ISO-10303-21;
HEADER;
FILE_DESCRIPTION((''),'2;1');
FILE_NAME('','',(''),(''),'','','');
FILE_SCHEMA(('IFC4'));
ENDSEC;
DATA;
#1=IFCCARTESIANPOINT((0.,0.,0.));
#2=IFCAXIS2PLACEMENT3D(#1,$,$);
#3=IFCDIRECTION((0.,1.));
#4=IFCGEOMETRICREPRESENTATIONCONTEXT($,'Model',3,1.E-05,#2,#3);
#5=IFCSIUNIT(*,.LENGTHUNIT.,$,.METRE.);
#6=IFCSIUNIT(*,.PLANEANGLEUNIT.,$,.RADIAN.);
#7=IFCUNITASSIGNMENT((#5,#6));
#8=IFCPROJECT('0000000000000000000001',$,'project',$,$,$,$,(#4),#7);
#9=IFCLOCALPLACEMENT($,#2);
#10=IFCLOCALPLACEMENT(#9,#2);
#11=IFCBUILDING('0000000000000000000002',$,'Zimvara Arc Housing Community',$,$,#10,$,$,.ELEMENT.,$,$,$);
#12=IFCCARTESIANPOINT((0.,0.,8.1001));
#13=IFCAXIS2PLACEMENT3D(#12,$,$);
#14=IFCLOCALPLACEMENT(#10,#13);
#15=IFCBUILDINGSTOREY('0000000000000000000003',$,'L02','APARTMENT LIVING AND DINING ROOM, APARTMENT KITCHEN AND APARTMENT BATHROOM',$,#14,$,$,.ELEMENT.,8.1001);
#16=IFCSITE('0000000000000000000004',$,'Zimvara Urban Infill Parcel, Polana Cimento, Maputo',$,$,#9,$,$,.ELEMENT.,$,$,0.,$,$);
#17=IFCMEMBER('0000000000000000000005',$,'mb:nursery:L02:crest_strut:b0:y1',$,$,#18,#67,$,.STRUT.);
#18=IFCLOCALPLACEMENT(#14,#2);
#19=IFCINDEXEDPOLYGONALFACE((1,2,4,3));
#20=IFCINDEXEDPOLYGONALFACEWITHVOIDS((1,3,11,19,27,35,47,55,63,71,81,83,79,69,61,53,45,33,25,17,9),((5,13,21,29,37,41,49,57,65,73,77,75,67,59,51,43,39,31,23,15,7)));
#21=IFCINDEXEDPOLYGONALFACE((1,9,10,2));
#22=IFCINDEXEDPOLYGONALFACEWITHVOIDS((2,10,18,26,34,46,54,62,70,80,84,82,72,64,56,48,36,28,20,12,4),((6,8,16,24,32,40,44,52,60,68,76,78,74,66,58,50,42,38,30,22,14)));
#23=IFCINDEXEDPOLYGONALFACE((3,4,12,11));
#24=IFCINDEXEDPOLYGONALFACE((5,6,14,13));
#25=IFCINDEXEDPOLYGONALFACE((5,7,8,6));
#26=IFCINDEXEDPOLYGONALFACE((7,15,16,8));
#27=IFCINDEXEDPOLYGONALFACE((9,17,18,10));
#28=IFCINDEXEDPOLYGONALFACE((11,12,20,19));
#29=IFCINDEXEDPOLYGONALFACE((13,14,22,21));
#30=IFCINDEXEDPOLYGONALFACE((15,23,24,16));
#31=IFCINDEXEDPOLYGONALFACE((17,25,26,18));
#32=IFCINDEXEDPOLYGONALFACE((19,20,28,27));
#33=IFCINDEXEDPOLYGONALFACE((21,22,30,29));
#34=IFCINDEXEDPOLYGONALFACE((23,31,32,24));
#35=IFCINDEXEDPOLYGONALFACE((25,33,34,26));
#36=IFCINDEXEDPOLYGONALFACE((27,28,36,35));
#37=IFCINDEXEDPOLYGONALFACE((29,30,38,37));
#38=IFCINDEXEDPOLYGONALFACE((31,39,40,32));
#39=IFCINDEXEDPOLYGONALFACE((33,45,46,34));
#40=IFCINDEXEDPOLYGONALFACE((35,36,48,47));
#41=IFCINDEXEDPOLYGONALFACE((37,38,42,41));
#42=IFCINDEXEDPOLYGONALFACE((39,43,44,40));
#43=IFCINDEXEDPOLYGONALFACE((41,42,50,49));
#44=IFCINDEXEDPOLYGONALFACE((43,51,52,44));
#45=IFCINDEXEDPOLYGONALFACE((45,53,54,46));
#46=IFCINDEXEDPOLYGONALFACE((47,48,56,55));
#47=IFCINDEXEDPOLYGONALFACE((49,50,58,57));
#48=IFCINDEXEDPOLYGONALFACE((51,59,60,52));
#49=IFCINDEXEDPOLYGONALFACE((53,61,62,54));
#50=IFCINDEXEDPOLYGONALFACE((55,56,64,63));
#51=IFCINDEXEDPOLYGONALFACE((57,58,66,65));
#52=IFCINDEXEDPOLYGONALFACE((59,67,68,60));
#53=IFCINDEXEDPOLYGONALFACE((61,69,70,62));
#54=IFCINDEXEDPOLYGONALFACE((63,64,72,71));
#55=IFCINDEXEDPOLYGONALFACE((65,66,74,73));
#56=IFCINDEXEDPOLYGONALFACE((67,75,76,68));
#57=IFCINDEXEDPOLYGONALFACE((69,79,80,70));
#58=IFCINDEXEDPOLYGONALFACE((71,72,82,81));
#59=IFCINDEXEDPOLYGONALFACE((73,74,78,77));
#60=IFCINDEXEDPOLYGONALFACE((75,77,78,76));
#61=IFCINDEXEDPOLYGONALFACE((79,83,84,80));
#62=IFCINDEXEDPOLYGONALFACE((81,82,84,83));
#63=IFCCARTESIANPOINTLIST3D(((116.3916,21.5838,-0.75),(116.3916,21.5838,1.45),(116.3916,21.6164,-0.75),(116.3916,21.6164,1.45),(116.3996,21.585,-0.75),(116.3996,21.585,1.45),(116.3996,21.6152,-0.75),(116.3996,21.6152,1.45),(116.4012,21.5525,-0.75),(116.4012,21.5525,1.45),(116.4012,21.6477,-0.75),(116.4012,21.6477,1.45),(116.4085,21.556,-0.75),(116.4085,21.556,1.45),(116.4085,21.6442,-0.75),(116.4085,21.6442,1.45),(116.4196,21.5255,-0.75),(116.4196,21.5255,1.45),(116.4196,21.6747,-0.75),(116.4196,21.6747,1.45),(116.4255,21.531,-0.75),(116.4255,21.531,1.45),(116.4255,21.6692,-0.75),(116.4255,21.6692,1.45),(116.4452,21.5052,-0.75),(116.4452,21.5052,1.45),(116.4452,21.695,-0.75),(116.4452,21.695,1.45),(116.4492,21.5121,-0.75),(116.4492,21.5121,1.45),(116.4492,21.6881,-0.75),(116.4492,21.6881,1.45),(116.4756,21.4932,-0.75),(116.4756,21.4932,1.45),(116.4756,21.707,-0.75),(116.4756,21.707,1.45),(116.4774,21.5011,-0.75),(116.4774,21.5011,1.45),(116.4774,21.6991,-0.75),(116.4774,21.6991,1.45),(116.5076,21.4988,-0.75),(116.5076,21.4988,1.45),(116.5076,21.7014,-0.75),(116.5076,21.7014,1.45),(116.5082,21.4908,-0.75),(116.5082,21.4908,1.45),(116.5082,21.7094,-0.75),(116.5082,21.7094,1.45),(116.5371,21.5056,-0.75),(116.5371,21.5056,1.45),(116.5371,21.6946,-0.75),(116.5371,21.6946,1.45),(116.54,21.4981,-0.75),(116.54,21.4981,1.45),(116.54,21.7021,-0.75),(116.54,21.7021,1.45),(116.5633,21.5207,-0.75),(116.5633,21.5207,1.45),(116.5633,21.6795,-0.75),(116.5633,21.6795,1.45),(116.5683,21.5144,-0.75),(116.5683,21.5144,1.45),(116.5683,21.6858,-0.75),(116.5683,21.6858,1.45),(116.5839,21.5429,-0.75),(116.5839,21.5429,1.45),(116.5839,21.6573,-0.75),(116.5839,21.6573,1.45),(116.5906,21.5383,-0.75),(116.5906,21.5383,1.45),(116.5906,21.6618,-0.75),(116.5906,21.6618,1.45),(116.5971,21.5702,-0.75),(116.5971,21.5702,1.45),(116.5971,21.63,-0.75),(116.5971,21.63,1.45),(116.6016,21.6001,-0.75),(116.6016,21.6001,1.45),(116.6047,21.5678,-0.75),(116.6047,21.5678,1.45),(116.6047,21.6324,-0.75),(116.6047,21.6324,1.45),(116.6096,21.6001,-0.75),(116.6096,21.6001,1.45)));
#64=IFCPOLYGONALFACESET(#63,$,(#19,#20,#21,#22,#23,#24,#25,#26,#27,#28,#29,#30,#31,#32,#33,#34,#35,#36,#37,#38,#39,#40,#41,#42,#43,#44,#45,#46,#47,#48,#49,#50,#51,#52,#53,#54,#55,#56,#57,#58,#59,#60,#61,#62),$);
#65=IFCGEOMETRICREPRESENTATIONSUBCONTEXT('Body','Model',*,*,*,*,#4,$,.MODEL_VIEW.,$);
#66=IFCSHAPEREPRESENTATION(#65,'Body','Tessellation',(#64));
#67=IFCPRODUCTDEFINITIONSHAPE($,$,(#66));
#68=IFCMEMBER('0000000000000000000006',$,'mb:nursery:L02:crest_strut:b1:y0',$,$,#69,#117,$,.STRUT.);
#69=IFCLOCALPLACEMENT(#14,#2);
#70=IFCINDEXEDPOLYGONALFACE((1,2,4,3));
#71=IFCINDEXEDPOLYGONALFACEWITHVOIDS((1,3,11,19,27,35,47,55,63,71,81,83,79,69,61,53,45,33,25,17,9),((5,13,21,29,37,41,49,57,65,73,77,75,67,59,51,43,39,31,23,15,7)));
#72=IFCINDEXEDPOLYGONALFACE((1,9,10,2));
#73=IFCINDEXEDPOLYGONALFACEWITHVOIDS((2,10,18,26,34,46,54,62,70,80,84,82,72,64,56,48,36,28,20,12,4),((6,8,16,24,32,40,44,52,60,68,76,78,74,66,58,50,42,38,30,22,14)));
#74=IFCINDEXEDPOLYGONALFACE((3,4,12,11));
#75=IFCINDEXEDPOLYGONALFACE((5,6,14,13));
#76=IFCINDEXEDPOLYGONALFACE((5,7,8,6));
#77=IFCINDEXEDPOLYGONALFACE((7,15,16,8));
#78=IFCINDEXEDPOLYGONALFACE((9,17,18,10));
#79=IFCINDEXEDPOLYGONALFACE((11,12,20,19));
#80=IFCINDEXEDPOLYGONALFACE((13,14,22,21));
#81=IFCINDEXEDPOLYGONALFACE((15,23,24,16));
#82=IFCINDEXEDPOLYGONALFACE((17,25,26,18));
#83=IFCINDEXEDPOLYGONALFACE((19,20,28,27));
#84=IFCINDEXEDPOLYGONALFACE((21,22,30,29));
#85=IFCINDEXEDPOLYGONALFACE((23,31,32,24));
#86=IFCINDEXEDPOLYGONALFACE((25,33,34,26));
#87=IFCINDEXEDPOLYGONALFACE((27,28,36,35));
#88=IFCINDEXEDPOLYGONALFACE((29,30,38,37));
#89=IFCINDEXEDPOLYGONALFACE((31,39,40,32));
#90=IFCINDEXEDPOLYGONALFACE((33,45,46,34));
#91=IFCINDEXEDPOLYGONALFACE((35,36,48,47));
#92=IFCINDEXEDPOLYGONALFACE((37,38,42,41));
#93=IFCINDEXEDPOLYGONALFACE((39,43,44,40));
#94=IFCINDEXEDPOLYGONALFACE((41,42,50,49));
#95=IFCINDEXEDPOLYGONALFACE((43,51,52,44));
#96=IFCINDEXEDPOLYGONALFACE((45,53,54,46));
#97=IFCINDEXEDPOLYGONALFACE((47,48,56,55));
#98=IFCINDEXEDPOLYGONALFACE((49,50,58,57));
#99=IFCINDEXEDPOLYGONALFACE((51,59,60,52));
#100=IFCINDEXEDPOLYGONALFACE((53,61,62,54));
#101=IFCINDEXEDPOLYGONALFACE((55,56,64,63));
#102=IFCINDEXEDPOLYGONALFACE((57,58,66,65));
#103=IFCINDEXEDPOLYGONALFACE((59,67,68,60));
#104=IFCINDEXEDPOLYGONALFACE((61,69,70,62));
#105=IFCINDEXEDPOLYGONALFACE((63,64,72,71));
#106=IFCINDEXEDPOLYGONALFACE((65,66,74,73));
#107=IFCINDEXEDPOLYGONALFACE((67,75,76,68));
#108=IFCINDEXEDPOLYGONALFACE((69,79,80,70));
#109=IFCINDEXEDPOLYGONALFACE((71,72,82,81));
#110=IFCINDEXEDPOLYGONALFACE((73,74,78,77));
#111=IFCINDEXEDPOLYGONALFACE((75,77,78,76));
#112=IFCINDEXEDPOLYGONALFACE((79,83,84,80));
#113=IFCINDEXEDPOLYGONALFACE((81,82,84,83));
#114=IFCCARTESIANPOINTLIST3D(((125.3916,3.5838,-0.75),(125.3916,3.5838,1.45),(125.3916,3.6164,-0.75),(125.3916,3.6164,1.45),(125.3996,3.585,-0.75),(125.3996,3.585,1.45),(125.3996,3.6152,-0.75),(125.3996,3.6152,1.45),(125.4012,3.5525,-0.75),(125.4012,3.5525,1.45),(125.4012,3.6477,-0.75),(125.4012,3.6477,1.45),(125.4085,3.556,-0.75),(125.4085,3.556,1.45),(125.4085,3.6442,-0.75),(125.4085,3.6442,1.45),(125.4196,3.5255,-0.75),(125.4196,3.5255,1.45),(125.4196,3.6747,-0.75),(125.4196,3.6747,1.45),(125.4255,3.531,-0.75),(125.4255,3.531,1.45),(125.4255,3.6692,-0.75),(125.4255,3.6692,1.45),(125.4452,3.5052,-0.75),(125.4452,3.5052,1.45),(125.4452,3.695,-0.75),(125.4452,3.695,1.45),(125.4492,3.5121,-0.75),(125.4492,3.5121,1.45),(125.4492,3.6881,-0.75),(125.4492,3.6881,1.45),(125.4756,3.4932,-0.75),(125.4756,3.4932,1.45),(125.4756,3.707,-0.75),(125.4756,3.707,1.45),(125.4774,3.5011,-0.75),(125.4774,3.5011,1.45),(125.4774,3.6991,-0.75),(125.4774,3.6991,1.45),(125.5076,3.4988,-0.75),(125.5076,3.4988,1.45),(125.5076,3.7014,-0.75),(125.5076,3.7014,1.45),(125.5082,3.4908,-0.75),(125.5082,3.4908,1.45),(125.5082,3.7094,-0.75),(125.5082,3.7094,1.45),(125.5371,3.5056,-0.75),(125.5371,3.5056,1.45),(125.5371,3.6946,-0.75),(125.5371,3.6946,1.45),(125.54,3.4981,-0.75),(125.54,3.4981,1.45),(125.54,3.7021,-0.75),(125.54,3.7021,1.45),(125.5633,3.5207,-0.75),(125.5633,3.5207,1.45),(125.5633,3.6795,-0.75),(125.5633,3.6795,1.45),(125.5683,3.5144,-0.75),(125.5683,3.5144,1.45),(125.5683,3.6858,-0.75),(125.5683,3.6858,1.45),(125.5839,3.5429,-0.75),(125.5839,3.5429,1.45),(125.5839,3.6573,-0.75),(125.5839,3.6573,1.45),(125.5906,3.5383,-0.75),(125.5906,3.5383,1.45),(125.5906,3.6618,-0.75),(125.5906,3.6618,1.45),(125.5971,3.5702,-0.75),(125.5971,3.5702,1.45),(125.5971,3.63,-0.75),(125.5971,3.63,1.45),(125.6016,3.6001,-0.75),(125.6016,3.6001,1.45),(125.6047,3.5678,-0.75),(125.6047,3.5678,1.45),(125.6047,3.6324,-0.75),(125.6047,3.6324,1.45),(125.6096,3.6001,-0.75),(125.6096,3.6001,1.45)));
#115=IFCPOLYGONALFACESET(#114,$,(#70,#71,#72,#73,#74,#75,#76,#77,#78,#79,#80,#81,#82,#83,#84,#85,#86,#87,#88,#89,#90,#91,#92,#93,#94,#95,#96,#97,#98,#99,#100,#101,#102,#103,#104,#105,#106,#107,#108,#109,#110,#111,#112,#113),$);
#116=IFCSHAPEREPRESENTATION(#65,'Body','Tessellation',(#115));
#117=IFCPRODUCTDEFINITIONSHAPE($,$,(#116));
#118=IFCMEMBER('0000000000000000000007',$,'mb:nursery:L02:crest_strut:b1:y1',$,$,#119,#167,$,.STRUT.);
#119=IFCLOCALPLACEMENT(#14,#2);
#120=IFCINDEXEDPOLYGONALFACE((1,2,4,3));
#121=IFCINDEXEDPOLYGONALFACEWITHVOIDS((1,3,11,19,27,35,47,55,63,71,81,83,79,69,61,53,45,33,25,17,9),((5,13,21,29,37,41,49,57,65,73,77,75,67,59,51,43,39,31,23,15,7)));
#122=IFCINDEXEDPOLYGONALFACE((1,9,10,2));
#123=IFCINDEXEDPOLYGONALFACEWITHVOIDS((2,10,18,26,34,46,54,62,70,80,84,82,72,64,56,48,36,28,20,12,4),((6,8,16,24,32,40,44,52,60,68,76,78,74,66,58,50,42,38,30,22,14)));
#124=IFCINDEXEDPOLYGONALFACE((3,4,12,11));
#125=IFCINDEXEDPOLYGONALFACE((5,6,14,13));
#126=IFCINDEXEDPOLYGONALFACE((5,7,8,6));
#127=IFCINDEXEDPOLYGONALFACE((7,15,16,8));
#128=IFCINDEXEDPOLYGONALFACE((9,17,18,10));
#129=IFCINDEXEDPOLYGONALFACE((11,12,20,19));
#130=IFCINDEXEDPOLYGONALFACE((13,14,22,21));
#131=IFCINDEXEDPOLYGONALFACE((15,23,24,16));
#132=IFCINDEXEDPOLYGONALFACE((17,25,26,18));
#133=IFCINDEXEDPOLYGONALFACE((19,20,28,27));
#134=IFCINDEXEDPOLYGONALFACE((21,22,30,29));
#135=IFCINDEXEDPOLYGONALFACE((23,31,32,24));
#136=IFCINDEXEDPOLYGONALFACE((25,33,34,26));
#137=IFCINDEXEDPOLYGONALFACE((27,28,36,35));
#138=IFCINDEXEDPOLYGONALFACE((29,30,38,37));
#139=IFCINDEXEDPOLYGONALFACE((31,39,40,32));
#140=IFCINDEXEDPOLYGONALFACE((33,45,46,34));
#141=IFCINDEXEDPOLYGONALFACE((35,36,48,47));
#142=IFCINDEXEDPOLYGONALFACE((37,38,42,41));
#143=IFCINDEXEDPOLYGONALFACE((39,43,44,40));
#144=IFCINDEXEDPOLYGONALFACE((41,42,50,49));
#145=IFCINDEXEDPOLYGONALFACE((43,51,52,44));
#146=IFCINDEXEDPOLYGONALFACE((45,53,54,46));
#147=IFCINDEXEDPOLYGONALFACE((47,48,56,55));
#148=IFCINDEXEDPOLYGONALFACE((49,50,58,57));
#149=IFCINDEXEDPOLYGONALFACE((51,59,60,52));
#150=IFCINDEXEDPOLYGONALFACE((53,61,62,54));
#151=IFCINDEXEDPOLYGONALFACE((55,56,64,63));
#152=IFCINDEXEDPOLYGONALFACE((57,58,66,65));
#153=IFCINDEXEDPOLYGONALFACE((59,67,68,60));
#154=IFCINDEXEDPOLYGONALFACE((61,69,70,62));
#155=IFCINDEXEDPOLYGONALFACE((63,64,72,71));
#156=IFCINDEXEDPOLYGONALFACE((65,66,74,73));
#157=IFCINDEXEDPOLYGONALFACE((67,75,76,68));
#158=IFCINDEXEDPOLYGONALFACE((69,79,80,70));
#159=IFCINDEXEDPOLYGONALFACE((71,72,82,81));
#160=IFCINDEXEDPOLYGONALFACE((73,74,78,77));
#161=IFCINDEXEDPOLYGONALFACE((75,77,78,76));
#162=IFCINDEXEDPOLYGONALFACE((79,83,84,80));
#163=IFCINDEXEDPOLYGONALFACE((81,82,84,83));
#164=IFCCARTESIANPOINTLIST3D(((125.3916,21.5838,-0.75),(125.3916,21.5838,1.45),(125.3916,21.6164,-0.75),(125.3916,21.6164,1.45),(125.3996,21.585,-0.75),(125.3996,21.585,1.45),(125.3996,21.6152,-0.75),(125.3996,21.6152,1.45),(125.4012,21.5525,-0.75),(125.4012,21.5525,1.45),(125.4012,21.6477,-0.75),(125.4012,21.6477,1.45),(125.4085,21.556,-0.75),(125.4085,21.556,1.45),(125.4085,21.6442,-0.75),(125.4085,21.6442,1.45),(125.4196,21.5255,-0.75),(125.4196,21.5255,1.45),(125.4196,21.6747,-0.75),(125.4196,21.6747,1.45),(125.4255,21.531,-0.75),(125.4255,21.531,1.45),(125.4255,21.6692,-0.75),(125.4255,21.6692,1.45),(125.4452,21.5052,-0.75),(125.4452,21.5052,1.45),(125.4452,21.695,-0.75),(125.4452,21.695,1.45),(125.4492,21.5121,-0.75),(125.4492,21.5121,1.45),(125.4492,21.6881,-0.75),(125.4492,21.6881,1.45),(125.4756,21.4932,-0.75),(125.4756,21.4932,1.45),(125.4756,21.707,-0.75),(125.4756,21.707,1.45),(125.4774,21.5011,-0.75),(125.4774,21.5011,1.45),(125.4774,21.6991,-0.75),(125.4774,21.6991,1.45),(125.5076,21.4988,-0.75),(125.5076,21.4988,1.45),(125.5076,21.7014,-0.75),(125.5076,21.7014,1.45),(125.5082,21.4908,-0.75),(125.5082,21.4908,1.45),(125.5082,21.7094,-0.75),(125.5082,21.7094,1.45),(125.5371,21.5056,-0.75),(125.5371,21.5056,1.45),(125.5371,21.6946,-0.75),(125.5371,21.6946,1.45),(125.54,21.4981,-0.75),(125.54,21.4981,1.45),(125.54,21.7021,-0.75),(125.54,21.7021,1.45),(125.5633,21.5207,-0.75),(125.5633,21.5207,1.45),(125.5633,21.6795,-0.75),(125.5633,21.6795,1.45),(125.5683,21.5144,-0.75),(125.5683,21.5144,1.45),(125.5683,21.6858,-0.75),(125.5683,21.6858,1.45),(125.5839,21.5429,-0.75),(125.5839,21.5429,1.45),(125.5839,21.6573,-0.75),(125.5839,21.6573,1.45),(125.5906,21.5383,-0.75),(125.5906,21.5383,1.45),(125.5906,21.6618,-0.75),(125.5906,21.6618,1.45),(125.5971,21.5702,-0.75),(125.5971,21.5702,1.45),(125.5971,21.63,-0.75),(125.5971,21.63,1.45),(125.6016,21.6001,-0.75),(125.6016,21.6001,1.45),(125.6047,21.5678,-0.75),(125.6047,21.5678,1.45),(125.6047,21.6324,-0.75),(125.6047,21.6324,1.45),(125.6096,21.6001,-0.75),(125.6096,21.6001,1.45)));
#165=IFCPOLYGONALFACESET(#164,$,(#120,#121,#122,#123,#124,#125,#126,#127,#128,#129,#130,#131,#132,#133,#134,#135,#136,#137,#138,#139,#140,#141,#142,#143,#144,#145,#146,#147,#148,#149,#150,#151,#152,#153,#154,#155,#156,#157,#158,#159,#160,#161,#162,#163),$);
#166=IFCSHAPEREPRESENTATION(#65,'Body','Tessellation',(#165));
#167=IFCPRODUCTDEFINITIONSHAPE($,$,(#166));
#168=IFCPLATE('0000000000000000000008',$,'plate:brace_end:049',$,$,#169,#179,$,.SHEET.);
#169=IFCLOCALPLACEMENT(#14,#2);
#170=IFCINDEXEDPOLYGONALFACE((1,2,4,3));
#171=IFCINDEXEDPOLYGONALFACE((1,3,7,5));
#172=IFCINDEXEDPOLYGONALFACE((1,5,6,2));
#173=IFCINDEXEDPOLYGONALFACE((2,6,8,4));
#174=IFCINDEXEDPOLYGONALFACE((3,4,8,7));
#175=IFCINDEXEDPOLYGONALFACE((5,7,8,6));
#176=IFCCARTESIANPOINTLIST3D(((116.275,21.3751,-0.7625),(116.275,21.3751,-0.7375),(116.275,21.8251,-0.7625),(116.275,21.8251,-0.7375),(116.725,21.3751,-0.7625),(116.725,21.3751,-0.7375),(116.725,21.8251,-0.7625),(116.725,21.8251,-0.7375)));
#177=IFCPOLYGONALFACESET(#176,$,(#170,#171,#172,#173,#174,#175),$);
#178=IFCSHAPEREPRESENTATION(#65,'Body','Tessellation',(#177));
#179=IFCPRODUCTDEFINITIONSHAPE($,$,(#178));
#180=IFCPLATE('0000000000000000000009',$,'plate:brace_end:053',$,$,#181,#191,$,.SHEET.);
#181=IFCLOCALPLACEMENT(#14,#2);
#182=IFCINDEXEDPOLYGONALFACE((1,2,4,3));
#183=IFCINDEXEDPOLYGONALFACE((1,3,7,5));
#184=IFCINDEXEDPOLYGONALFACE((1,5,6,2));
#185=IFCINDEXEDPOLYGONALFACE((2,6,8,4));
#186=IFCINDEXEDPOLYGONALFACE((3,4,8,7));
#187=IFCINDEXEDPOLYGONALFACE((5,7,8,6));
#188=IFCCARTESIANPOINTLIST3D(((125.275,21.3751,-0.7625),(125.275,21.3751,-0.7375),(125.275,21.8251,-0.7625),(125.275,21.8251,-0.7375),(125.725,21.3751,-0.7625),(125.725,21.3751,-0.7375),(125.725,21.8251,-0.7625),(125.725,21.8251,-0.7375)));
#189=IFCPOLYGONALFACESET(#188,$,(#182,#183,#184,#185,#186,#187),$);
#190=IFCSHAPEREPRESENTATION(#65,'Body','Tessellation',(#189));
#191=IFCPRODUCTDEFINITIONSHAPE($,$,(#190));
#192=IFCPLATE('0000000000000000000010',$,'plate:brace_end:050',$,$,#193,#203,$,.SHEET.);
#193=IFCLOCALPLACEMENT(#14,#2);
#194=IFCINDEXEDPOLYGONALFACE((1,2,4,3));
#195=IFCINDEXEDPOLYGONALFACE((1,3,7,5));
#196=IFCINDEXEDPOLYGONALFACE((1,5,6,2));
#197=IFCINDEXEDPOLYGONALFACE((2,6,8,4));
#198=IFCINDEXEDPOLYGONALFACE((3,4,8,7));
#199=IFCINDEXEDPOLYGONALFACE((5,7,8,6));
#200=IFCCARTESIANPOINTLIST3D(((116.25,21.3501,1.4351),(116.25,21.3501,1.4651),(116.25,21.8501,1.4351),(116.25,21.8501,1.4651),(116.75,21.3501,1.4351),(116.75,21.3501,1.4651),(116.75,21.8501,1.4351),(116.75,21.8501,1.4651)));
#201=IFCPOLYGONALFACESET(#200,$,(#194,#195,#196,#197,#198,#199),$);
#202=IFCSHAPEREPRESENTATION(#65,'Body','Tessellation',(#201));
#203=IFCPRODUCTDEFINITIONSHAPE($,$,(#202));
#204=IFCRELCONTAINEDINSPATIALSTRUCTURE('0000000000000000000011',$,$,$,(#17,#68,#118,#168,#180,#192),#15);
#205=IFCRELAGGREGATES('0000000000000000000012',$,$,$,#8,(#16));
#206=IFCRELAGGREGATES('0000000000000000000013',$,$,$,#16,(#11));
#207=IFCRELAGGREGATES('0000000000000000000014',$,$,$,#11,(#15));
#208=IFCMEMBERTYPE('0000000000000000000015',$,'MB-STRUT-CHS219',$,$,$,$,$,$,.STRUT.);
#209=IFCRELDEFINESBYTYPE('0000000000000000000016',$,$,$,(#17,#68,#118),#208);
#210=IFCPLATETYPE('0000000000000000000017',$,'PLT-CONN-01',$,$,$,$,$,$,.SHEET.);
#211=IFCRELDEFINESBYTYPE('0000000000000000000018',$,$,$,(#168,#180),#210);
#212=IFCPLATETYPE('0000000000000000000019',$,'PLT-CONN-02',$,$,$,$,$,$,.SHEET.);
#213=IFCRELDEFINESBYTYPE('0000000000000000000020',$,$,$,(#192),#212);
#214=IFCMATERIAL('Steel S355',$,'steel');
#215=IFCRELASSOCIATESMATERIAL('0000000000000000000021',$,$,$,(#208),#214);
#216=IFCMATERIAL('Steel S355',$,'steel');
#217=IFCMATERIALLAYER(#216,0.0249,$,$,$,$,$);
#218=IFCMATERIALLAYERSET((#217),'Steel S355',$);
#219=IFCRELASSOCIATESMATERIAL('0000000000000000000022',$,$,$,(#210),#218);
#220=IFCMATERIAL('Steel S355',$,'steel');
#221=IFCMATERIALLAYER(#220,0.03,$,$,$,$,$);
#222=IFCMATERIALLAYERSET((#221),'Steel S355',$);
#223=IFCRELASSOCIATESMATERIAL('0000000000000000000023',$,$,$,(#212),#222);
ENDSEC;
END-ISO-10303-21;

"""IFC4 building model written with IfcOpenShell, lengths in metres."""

from ifc_helpers import new_model, si_unit, direction, frame, origin, origin_2d, place, context, subcontext, project, spatial, rectangle, hollow_circle, extrude, material, layer, layer_set, material_profile, profile_set, type_object, element, save


model = new_model("IFC4")

# Units and contexts
model_context = context("Model", 3, precision=1e-05, world=origin(), true_north=direction((0.0, 1.0)))
body_context = subcontext(model_context, "Body", "Model", "MODEL_VIEW")
ifc_project = project(units=[si_unit("LENGTHUNIT", "METRE"), si_unit("PLANEANGLEUNIT", "RADIAN")], contexts=[model_context])

# Site, building, storey
site_placement = place(None, origin())
site = spatial("IfcSite", under=ifc_project, at=site_placement, Name="Zimvara Urban Infill Parcel, Polana Cimento, Maputo", CompositionType="ELEMENT", RefElevation=0.0)
building_placement = place(site_placement, origin())
building = spatial("IfcBuilding", under=site, at=building_placement, Name="Zimvara Arc Housing Community", CompositionType="ELEMENT")
storey_placement = place(building_placement, frame((0.0, 0.0, 8.1001)))
storey = spatial("IfcBuildingStorey", under=building, at=storey_placement, Name="L02", Description="APARTMENT LIVING AND DINING ROOM, APARTMENT KITCHEN AND APARTMENT BATHROOM", CompositionType="ELEMENT", Elevation=8.1001)

# Members
ifc_material_1 = material(Name="Steel S355", Category="steel")
ifc_material_profile_1 = material_profile(ifc_material_1, hollow_circle(Radius=0.1096, WallThickness=0.0081, at=origin_2d()), Name="CHS 219.1x8.0")
ifc_profile_set_1 = profile_set([ifc_material_profile_1], Name="Steel S355")
member_type_1 = type_object("IfcMemberType", Name="MB-STRUT-CHS219", PredefinedType="STRUT", material=ifc_profile_set_1)
for number, where, z_axis, x_axis, name in (
    (1, (116.5, 21.6001, -0.75), (0.0, 0.0, 1.0), (1.0, 0.0, 0.0), "mb:nursery:L02:crest_strut:b0:y1"),
    (2, (125.5, 3.6001, -0.75), (0.0, 0.0, 1.0), (1.0, 0.0, 0.0), "mb:nursery:L02:crest_strut:b1:y0"),
    (3, (125.5, 21.6001, -0.75), (0.0, 0.0, 1.0), (1.0, 0.0, 0.0), "mb:nursery:L02:crest_strut:b1:y1"),
):
    element("IfcMember", number, at=place(storey_placement, frame(where, z_axis=z_axis, x_axis=x_axis)), inside=storey, type_object=member_type_1, Name=name, PredefinedType="STRUT", context=body_context, shape_type="SweptSolid", body=[
        extrude(hollow_circle(Radius=0.1096, WallThickness=0.0081, at=origin_2d()), origin(), (0.0, 0.0, 1.0), 2.2),
    ])

# Plates
ifc_material_2 = material(Name="Steel S355", Category="steel")
ifc_layer_1 = layer(ifc_material_2, 0.0249)
ifc_layer_set_1 = layer_set([ifc_layer_1], Name="Steel S355")
plate_type_1 = type_object("IfcPlateType", Name="PLT-CONN-01", PredefinedType="SHEET", material=ifc_layer_set_1)
for number, where, z_axis, x_axis, name in (
    (4, (116.5, 21.6001, -0.7625), (0.0, 0.0, 1.0), (1.0, 0.0, 0.0), "plate:brace_end:049"),
    (5, (125.5, 21.6001, -0.7625), (0.0, 0.0, 1.0), (1.0, 0.0, 0.0), "plate:brace_end:053"),
):
    element("IfcPlate", number, at=place(storey_placement, frame(where, z_axis=z_axis, x_axis=x_axis)), inside=storey, type_object=plate_type_1, Name=name, PredefinedType="SHEET", context=body_context, shape_type="SweptSolid", body=[
        extrude(rectangle(XDim=0.45, YDim=0.45, at=origin_2d()), origin(), (0.0, 0.0, 1.0), 0.0249),
    ])
ifc_material_3 = material(Name="Steel S355", Category="steel")
ifc_layer_2 = layer(ifc_material_3, 0.03)
ifc_layer_set_2 = layer_set([ifc_layer_2], Name="Steel S355")
plate_type_2 = type_object("IfcPlateType", Name="PLT-CONN-02", PredefinedType="SHEET", material=ifc_layer_set_2)
for number, where, z_axis, x_axis, name in (
    (6, (116.5, 21.6001, 1.4351), (0.0, 0.0, 1.0), (1.0, 0.0, 0.0), "plate:brace_end:050"),
):
    element("IfcPlate", number, at=place(storey_placement, frame(where, z_axis=z_axis, x_axis=x_axis)), inside=storey, type_object=plate_type_2, Name=name, PredefinedType="SHEET", context=body_context, shape_type="SweptSolid", body=[
        extrude(rectangle(XDim=0.5, YDim=0.5, at=origin_2d()), origin(), (0.0, 0.0, 1.0), 0.03),
    ])

save(model, "model.ifc")
